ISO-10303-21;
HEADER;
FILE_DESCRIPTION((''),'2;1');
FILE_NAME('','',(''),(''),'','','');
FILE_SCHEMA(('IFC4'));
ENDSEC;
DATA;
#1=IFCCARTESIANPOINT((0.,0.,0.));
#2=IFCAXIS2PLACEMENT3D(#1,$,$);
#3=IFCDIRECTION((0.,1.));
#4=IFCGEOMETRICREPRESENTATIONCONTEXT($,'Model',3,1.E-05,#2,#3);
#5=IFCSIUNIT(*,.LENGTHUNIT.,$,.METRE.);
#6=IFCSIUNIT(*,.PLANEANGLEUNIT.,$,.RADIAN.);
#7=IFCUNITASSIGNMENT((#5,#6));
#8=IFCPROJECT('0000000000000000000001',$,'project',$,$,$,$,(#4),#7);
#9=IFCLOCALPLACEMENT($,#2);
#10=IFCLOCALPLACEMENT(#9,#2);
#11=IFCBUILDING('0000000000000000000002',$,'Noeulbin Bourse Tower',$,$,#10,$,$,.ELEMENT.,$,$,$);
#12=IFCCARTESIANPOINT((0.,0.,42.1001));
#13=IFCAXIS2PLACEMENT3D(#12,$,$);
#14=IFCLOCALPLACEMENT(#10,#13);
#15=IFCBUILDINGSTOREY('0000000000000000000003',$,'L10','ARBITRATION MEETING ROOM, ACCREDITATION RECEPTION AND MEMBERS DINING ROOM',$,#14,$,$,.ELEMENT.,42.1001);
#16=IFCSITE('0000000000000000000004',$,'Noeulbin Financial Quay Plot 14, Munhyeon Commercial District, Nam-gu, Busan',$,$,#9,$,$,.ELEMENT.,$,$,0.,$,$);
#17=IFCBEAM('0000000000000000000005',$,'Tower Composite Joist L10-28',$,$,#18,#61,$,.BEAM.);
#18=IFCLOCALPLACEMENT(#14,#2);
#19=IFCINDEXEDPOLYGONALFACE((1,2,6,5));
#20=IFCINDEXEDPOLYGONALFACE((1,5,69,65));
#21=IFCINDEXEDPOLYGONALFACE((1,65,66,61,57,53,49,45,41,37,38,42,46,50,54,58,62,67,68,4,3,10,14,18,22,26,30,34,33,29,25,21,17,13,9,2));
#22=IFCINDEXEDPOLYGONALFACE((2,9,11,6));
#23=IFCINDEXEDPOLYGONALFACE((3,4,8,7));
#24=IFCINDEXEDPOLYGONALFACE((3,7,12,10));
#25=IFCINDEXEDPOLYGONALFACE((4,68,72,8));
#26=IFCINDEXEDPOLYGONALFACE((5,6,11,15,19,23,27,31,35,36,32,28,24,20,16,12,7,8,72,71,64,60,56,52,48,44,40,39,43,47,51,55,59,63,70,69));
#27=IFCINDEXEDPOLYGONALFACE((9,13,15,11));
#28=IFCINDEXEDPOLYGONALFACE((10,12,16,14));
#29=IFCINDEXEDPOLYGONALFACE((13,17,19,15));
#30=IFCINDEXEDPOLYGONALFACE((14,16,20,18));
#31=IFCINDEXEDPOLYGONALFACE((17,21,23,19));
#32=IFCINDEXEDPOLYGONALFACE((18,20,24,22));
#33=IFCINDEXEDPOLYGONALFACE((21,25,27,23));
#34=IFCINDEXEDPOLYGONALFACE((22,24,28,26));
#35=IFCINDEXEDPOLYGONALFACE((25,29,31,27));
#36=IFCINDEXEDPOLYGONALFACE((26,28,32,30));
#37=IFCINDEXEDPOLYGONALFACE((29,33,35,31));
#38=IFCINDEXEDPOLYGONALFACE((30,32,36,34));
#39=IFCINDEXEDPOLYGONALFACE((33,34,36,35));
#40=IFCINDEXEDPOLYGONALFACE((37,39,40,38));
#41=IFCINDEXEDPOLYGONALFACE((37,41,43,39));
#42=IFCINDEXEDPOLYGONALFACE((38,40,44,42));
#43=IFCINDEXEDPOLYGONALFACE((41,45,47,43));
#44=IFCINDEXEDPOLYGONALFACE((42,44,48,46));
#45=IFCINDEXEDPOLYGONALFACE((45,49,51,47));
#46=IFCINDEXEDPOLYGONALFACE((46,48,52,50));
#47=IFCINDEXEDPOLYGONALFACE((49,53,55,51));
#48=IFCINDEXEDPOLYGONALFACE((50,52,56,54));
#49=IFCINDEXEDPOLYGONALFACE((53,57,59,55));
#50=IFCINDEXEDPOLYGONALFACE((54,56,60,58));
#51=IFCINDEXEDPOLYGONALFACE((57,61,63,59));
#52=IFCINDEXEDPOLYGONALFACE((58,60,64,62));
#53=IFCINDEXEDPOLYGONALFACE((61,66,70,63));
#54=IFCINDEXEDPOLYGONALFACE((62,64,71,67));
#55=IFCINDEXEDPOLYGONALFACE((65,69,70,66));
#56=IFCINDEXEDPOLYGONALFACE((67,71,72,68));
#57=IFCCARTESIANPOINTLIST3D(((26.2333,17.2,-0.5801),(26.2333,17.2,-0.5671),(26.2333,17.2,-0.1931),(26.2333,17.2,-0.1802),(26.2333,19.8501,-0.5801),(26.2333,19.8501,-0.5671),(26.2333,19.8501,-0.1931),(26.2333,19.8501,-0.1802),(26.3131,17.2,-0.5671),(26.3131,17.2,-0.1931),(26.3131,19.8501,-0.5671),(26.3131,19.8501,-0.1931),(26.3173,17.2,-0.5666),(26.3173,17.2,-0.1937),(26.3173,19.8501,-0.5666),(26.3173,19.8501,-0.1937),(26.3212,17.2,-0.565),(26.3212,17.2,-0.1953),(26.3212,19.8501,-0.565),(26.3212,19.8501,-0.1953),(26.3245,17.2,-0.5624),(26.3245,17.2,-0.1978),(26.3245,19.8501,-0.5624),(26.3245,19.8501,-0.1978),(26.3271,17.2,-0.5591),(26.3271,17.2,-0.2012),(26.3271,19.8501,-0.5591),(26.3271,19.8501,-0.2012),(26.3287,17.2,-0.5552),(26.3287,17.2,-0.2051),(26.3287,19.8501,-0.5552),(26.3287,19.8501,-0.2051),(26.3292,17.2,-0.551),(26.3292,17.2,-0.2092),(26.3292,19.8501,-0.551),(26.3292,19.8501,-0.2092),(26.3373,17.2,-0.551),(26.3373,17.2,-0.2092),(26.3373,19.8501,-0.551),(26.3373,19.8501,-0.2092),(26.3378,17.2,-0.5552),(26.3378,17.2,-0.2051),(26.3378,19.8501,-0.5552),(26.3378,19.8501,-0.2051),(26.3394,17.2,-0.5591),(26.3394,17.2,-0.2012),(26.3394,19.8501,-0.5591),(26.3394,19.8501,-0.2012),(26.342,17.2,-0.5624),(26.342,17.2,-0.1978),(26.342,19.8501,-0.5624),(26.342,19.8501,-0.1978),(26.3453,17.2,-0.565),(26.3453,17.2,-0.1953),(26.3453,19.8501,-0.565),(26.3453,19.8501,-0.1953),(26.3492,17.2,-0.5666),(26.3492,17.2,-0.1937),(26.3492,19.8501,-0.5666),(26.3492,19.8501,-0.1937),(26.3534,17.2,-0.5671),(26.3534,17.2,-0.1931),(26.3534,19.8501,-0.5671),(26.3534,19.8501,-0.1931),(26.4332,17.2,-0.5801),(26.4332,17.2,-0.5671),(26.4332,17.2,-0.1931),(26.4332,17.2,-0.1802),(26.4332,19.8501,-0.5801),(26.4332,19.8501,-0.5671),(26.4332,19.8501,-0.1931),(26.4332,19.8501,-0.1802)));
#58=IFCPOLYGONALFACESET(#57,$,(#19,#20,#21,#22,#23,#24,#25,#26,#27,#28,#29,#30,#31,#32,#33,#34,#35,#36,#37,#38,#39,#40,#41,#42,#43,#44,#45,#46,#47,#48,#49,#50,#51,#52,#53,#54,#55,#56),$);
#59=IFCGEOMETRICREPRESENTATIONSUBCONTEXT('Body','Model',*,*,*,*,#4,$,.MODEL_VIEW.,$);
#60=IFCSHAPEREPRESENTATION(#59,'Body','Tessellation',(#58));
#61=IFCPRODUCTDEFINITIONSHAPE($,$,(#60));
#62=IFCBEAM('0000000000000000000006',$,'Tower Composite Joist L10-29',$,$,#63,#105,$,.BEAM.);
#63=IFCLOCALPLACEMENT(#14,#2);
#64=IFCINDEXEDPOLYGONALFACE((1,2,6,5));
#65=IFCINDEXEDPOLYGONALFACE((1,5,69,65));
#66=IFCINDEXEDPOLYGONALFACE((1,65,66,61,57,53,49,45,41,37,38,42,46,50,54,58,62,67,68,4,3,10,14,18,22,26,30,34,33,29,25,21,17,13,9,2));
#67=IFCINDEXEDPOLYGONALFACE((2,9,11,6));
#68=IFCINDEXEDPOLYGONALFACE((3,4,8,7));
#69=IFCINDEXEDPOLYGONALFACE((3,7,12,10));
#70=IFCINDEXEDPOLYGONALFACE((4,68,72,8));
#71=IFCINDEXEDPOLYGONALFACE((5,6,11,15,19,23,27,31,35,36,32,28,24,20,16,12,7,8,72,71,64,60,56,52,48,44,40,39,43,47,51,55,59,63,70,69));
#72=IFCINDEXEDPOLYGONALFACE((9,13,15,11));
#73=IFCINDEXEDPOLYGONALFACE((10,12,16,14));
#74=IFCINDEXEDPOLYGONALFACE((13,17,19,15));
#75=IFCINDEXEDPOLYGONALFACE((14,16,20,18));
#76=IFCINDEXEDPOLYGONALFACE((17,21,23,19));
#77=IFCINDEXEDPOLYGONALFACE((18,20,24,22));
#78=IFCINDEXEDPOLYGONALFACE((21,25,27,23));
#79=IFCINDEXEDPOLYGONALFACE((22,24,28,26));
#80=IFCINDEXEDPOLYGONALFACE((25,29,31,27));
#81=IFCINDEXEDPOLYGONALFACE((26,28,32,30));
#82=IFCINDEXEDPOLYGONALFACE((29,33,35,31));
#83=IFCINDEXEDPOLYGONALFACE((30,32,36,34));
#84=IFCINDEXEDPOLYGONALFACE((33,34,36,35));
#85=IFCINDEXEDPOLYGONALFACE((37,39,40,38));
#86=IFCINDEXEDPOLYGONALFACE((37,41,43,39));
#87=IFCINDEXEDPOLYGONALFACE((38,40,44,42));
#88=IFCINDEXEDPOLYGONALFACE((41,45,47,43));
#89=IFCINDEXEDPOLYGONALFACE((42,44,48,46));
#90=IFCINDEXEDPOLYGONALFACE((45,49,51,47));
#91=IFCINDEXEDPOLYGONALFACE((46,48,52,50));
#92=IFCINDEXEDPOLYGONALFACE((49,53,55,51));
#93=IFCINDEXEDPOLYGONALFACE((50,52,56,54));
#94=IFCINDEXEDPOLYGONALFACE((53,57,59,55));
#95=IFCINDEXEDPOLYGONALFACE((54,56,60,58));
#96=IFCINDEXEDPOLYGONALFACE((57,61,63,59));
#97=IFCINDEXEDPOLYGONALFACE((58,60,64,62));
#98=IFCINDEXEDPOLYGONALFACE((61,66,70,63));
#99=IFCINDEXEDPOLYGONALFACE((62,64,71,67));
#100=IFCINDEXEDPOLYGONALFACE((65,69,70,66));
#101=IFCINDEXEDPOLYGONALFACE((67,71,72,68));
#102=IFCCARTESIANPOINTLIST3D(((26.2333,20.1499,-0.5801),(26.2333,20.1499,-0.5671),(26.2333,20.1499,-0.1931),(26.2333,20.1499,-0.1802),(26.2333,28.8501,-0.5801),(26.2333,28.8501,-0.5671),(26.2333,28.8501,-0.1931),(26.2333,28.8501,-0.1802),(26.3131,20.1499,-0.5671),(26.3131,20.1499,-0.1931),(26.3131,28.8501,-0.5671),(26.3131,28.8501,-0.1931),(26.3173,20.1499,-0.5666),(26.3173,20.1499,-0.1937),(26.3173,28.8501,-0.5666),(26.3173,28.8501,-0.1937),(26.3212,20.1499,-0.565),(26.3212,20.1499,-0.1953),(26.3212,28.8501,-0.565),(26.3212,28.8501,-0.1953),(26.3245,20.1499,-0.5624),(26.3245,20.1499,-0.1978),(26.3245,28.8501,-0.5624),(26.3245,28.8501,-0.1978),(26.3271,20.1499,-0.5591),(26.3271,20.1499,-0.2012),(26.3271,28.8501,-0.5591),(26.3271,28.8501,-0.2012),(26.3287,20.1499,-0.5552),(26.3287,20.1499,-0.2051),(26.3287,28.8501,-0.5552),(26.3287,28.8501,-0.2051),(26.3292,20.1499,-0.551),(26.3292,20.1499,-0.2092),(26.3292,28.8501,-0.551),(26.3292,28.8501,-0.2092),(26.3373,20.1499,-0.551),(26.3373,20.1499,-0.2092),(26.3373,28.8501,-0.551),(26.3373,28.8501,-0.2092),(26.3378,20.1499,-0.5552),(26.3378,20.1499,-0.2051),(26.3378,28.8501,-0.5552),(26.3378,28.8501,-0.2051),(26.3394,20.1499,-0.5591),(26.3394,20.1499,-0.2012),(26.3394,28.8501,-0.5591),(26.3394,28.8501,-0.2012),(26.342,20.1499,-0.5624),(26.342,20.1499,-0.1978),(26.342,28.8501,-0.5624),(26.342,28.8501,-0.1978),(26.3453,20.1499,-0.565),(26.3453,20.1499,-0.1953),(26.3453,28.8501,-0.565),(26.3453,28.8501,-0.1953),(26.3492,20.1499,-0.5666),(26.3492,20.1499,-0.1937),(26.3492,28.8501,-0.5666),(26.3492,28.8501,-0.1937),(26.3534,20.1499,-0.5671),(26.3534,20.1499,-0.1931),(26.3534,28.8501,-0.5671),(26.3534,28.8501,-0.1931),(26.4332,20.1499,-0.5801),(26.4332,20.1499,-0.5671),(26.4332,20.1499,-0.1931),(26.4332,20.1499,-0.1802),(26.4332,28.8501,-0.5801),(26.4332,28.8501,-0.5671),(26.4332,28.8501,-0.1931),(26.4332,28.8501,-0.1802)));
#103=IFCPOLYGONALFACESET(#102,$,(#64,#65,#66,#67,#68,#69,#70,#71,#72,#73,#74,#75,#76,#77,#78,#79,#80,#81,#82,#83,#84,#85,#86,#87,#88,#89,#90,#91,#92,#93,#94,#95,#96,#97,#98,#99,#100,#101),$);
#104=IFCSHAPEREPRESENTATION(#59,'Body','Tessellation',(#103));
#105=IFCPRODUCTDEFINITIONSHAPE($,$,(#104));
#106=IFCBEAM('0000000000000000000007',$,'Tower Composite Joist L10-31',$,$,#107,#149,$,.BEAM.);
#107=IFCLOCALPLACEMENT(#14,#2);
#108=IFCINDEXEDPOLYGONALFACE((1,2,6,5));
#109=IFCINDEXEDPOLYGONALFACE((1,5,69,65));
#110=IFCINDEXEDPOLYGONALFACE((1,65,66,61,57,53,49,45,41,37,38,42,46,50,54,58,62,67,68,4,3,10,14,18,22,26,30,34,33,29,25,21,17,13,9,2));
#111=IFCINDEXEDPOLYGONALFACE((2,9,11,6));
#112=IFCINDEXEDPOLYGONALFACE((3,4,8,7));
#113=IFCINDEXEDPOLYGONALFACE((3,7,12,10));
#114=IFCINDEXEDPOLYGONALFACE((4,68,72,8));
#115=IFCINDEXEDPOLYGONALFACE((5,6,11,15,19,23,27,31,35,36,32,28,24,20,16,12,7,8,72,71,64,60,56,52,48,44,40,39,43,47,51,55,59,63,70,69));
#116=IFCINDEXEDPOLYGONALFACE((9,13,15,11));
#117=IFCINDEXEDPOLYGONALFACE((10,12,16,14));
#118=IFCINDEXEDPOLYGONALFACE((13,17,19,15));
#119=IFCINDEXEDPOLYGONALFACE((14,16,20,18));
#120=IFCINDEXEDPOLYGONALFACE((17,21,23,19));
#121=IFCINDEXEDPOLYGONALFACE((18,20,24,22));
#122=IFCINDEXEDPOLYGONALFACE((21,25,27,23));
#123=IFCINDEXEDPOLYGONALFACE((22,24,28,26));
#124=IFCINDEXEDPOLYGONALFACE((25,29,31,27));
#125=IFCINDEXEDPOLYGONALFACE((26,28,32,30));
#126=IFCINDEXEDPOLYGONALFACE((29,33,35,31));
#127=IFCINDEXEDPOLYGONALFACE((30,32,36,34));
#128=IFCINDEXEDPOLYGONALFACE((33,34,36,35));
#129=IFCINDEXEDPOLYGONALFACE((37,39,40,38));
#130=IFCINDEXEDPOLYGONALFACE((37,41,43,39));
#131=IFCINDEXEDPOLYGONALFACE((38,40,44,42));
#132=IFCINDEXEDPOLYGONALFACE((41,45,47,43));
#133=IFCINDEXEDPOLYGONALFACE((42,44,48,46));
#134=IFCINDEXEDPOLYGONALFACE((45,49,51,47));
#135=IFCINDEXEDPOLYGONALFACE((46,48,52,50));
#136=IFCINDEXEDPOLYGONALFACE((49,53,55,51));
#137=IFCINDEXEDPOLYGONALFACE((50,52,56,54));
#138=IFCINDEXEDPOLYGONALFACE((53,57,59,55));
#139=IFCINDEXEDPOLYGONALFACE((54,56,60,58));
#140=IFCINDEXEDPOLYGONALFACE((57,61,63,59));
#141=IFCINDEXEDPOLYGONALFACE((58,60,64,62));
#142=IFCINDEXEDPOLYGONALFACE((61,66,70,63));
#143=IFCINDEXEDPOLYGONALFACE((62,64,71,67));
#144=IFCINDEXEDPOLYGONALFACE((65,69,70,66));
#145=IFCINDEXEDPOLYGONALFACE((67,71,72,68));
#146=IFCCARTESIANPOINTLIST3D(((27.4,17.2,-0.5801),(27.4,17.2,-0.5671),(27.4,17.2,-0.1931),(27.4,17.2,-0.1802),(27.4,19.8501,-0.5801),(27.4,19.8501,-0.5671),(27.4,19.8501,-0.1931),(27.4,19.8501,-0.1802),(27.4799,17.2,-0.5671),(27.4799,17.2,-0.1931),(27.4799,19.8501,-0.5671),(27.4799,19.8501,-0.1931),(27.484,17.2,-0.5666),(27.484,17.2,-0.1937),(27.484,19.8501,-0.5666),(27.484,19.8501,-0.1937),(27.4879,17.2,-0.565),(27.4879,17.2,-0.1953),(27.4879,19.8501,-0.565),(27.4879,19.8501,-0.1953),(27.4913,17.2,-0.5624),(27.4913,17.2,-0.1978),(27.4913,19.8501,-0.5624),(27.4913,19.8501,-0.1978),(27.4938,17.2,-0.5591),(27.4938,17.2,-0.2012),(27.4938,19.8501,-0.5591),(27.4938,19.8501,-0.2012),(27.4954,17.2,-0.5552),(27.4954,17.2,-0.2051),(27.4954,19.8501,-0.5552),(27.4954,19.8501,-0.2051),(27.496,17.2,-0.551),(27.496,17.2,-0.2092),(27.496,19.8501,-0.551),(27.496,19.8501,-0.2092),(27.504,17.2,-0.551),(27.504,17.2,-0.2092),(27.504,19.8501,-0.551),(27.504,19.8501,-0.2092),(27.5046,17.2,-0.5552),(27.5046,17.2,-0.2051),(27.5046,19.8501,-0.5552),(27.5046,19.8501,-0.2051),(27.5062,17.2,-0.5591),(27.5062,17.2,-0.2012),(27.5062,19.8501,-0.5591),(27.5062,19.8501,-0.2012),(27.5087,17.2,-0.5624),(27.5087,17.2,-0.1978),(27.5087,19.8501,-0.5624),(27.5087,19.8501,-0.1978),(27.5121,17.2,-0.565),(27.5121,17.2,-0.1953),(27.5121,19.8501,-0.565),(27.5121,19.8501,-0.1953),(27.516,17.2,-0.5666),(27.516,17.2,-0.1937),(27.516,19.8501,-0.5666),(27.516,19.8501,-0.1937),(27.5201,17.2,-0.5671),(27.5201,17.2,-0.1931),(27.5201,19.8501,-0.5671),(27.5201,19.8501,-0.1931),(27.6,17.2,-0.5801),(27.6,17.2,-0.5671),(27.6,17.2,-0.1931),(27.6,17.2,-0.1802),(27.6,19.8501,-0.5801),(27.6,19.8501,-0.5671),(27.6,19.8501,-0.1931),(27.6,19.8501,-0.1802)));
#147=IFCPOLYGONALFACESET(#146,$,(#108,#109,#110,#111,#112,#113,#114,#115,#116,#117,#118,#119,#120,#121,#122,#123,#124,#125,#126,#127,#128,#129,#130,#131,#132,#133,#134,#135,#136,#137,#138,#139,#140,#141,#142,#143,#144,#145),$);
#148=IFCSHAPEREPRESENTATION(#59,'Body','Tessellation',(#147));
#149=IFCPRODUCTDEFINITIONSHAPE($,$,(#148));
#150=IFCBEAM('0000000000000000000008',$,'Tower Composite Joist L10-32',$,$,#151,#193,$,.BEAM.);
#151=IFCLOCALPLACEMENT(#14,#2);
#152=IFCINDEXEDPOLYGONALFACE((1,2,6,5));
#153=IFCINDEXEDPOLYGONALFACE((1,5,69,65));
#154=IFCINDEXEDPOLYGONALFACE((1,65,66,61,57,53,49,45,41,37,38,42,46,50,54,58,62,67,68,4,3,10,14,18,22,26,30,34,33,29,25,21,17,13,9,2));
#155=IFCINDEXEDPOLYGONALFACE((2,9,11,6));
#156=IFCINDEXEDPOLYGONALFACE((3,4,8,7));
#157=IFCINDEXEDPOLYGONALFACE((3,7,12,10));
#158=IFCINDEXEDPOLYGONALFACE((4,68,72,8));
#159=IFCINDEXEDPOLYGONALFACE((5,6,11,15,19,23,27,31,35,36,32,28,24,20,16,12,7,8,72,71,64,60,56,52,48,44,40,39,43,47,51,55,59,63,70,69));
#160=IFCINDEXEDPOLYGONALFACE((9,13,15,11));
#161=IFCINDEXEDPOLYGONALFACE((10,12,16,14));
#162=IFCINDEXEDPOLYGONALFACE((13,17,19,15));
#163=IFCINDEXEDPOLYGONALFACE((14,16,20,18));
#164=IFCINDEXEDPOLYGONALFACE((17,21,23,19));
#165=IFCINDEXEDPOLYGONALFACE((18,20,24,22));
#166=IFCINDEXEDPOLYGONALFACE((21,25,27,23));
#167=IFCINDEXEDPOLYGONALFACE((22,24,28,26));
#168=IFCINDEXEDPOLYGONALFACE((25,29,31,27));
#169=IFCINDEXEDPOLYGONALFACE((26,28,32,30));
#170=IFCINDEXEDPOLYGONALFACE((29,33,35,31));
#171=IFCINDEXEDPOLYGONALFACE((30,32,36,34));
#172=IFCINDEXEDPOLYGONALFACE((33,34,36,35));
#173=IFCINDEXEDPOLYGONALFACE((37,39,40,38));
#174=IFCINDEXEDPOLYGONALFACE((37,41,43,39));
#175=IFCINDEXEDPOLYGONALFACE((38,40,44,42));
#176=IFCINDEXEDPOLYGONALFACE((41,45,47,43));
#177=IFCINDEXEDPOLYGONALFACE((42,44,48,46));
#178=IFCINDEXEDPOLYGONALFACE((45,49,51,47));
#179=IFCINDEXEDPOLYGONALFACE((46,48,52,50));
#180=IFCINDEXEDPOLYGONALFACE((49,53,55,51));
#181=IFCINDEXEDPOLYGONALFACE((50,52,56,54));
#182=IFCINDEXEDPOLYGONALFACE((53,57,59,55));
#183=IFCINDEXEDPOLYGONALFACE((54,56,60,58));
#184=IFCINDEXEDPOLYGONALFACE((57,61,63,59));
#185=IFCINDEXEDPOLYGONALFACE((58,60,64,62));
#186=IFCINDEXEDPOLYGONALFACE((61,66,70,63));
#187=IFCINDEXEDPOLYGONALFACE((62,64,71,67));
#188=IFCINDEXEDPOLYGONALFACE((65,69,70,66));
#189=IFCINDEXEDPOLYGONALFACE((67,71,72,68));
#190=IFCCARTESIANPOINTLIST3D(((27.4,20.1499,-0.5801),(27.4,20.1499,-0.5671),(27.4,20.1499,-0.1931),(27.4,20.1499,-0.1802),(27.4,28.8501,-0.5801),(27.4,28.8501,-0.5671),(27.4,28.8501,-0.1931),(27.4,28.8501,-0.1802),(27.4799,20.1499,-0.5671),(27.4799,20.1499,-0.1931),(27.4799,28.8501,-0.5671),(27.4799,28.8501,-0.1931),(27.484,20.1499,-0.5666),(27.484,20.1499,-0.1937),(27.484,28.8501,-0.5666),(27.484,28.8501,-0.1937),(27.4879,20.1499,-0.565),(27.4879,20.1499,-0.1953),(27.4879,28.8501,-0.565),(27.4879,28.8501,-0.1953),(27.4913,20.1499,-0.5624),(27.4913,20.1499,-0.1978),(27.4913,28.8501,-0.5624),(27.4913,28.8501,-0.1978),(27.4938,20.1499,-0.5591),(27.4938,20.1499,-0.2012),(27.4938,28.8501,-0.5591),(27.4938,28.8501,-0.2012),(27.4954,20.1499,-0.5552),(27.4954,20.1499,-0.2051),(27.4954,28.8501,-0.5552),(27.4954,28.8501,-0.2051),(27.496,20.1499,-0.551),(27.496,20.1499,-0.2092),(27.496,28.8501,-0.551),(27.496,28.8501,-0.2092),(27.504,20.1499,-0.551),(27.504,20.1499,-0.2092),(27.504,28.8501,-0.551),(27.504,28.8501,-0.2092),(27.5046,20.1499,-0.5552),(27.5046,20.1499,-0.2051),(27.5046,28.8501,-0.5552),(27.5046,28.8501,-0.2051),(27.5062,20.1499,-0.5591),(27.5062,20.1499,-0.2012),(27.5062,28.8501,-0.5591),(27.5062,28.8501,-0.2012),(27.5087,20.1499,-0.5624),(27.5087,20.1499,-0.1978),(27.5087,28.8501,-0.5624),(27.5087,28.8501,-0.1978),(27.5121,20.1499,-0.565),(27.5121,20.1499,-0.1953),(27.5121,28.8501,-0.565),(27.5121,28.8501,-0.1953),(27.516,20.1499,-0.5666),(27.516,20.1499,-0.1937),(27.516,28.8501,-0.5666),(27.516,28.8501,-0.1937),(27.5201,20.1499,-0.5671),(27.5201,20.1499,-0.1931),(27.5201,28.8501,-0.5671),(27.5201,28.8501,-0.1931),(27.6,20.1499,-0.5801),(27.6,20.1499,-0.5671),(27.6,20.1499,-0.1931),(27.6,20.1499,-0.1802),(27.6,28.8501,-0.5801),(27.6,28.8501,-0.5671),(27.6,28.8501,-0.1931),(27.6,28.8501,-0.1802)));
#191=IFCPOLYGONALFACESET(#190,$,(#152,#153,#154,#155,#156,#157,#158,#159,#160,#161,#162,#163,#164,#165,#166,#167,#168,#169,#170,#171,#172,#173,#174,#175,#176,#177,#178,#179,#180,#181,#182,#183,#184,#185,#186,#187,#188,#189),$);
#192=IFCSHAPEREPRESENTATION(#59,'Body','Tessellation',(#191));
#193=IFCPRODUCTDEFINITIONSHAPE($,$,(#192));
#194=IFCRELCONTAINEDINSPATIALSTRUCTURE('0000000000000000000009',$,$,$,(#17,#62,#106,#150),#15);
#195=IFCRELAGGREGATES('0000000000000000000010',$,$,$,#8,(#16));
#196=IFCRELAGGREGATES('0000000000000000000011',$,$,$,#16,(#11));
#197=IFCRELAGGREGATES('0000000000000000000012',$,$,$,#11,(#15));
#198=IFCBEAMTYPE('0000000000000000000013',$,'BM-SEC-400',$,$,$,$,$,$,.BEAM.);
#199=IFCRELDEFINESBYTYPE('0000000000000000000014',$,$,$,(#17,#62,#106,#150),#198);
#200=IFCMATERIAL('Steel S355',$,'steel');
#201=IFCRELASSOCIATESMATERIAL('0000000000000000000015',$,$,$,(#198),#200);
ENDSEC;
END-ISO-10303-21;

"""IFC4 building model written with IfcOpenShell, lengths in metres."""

from ifc_helpers import new_model, si_unit, direction, frame, origin, origin_2d, place, context, subcontext, project, spatial, i_section, extrude, material, material_profile, profile_set, type_object, element, save


model = new_model("IFC4")

# Units and contexts
model_context = context("Model", 3, precision=1e-05, world=origin(), true_north=direction((0.0, 1.0)))
body_context = subcontext(model_context, "Body", "Model", "MODEL_VIEW")
ifc_project = project(units=[si_unit("LENGTHUNIT", "METRE"), si_unit("PLANEANGLEUNIT", "RADIAN")], contexts=[model_context])

# Site, building, storey
site_placement = place(None, origin())
site = spatial("IfcSite", under=ifc_project, at=site_placement, Name="Noeulbin Financial Quay Plot 14, Munhyeon Commercial District, Nam-gu, Busan", CompositionType="ELEMENT", RefElevation=0.0)
building_placement = place(site_placement, origin())
building = spatial("IfcBuilding", under=site, at=building_placement, Name="Noeulbin Bourse Tower", CompositionType="ELEMENT")
storey_placement = place(building_placement, frame((0.0, 0.0, 42.1001)))
storey = spatial("IfcBuildingStorey", under=building, at=storey_placement, Name="L10", Description="ARBITRATION MEETING ROOM, ACCREDITATION RECEPTION AND MEMBERS DINING ROOM", CompositionType="ELEMENT", Elevation=42.1001)

# Beams
ifc_material_1 = material(Name="Steel S355", Category="steel")
ifc_material_profile_1 = material_profile(ifc_material_1, i_section(OverallWidth=0.2, OverallDepth=0.3999, WebThickness=0.0081, FlangeThickness=0.0129, FilletRadius=0.0161, at=origin_2d()), Name="H-400x200x8x13", Category="LoadBearing")
ifc_profile_set_1 = profile_set([ifc_material_profile_1], Name="Steel S355")
beam_type_1 = type_object("IfcBeamType", Name="BM-SEC-400", PredefinedType="BEAM", material=ifc_profile_set_1)
beam_1_placement = place(storey_placement, frame((26.3333, 17.2, -0.3801), z_axis=(0.0, 1.0, 0.0), x_axis=(-1.0, 0.0, 0.0)))
element("IfcBeam", 1, at=beam_1_placement, inside=storey, type_object=beam_type_1, Name="Tower Composite Joist L10-28", PredefinedType="BEAM", context=body_context, shape_type="SweptSolid", body=[
    extrude(i_section(OverallWidth=0.2, OverallDepth=0.3999, WebThickness=0.0081, FlangeThickness=0.0129, FilletRadius=0.0161, at=origin_2d()), origin(), (0.0, 0.0, 1.0), 2.6501),
])
beam_2_placement = place(storey_placement, frame((26.3333, 20.1499, -0.3801), z_axis=(0.0, 1.0, 0.0), x_axis=(-1.0, 0.0, 0.0)))
element("IfcBeam", 2, at=beam_2_placement, inside=storey, type_object=beam_type_1, Name="Tower Composite Joist L10-29", PredefinedType="BEAM", context=body_context, shape_type="SweptSolid", body=[
    extrude(i_section(OverallWidth=0.2, OverallDepth=0.3999, WebThickness=0.0081, FlangeThickness=0.0129, FilletRadius=0.0161, at=origin_2d()), origin(), (0.0, 0.0, 1.0), 8.7002),
])
beam_3_placement = place(storey_placement, frame((27.5, 17.2, -0.3801), z_axis=(0.0, 1.0, 0.0), x_axis=(-1.0, 0.0, 0.0)))
element("IfcBeam", 3, at=beam_3_placement, inside=storey, type_object=beam_type_1, Name="Tower Composite Joist L10-31", PredefinedType="BEAM", context=body_context, shape_type="SweptSolid", body=[
    extrude(i_section(OverallWidth=0.2, OverallDepth=0.3999, WebThickness=0.0081, FlangeThickness=0.0129, FilletRadius=0.0161, at=origin_2d()), origin(), (0.0, 0.0, 1.0), 2.6501),
])
beam_4_placement = place(storey_placement, frame((27.5, 20.1499, -0.3801), z_axis=(0.0, 1.0, 0.0), x_axis=(-1.0, 0.0, 0.0)))
element("IfcBeam", 4, at=beam_4_placement, inside=storey, type_object=beam_type_1, Name="Tower Composite Joist L10-32", PredefinedType="BEAM", context=body_context, shape_type="SweptSolid", body=[
    extrude(i_section(OverallWidth=0.2, OverallDepth=0.3999, WebThickness=0.0081, FlangeThickness=0.0129, FilletRadius=0.0161, at=origin_2d()), origin(), (0.0, 0.0, 1.0), 8.7002),
])

save(model, "model.ifc")
